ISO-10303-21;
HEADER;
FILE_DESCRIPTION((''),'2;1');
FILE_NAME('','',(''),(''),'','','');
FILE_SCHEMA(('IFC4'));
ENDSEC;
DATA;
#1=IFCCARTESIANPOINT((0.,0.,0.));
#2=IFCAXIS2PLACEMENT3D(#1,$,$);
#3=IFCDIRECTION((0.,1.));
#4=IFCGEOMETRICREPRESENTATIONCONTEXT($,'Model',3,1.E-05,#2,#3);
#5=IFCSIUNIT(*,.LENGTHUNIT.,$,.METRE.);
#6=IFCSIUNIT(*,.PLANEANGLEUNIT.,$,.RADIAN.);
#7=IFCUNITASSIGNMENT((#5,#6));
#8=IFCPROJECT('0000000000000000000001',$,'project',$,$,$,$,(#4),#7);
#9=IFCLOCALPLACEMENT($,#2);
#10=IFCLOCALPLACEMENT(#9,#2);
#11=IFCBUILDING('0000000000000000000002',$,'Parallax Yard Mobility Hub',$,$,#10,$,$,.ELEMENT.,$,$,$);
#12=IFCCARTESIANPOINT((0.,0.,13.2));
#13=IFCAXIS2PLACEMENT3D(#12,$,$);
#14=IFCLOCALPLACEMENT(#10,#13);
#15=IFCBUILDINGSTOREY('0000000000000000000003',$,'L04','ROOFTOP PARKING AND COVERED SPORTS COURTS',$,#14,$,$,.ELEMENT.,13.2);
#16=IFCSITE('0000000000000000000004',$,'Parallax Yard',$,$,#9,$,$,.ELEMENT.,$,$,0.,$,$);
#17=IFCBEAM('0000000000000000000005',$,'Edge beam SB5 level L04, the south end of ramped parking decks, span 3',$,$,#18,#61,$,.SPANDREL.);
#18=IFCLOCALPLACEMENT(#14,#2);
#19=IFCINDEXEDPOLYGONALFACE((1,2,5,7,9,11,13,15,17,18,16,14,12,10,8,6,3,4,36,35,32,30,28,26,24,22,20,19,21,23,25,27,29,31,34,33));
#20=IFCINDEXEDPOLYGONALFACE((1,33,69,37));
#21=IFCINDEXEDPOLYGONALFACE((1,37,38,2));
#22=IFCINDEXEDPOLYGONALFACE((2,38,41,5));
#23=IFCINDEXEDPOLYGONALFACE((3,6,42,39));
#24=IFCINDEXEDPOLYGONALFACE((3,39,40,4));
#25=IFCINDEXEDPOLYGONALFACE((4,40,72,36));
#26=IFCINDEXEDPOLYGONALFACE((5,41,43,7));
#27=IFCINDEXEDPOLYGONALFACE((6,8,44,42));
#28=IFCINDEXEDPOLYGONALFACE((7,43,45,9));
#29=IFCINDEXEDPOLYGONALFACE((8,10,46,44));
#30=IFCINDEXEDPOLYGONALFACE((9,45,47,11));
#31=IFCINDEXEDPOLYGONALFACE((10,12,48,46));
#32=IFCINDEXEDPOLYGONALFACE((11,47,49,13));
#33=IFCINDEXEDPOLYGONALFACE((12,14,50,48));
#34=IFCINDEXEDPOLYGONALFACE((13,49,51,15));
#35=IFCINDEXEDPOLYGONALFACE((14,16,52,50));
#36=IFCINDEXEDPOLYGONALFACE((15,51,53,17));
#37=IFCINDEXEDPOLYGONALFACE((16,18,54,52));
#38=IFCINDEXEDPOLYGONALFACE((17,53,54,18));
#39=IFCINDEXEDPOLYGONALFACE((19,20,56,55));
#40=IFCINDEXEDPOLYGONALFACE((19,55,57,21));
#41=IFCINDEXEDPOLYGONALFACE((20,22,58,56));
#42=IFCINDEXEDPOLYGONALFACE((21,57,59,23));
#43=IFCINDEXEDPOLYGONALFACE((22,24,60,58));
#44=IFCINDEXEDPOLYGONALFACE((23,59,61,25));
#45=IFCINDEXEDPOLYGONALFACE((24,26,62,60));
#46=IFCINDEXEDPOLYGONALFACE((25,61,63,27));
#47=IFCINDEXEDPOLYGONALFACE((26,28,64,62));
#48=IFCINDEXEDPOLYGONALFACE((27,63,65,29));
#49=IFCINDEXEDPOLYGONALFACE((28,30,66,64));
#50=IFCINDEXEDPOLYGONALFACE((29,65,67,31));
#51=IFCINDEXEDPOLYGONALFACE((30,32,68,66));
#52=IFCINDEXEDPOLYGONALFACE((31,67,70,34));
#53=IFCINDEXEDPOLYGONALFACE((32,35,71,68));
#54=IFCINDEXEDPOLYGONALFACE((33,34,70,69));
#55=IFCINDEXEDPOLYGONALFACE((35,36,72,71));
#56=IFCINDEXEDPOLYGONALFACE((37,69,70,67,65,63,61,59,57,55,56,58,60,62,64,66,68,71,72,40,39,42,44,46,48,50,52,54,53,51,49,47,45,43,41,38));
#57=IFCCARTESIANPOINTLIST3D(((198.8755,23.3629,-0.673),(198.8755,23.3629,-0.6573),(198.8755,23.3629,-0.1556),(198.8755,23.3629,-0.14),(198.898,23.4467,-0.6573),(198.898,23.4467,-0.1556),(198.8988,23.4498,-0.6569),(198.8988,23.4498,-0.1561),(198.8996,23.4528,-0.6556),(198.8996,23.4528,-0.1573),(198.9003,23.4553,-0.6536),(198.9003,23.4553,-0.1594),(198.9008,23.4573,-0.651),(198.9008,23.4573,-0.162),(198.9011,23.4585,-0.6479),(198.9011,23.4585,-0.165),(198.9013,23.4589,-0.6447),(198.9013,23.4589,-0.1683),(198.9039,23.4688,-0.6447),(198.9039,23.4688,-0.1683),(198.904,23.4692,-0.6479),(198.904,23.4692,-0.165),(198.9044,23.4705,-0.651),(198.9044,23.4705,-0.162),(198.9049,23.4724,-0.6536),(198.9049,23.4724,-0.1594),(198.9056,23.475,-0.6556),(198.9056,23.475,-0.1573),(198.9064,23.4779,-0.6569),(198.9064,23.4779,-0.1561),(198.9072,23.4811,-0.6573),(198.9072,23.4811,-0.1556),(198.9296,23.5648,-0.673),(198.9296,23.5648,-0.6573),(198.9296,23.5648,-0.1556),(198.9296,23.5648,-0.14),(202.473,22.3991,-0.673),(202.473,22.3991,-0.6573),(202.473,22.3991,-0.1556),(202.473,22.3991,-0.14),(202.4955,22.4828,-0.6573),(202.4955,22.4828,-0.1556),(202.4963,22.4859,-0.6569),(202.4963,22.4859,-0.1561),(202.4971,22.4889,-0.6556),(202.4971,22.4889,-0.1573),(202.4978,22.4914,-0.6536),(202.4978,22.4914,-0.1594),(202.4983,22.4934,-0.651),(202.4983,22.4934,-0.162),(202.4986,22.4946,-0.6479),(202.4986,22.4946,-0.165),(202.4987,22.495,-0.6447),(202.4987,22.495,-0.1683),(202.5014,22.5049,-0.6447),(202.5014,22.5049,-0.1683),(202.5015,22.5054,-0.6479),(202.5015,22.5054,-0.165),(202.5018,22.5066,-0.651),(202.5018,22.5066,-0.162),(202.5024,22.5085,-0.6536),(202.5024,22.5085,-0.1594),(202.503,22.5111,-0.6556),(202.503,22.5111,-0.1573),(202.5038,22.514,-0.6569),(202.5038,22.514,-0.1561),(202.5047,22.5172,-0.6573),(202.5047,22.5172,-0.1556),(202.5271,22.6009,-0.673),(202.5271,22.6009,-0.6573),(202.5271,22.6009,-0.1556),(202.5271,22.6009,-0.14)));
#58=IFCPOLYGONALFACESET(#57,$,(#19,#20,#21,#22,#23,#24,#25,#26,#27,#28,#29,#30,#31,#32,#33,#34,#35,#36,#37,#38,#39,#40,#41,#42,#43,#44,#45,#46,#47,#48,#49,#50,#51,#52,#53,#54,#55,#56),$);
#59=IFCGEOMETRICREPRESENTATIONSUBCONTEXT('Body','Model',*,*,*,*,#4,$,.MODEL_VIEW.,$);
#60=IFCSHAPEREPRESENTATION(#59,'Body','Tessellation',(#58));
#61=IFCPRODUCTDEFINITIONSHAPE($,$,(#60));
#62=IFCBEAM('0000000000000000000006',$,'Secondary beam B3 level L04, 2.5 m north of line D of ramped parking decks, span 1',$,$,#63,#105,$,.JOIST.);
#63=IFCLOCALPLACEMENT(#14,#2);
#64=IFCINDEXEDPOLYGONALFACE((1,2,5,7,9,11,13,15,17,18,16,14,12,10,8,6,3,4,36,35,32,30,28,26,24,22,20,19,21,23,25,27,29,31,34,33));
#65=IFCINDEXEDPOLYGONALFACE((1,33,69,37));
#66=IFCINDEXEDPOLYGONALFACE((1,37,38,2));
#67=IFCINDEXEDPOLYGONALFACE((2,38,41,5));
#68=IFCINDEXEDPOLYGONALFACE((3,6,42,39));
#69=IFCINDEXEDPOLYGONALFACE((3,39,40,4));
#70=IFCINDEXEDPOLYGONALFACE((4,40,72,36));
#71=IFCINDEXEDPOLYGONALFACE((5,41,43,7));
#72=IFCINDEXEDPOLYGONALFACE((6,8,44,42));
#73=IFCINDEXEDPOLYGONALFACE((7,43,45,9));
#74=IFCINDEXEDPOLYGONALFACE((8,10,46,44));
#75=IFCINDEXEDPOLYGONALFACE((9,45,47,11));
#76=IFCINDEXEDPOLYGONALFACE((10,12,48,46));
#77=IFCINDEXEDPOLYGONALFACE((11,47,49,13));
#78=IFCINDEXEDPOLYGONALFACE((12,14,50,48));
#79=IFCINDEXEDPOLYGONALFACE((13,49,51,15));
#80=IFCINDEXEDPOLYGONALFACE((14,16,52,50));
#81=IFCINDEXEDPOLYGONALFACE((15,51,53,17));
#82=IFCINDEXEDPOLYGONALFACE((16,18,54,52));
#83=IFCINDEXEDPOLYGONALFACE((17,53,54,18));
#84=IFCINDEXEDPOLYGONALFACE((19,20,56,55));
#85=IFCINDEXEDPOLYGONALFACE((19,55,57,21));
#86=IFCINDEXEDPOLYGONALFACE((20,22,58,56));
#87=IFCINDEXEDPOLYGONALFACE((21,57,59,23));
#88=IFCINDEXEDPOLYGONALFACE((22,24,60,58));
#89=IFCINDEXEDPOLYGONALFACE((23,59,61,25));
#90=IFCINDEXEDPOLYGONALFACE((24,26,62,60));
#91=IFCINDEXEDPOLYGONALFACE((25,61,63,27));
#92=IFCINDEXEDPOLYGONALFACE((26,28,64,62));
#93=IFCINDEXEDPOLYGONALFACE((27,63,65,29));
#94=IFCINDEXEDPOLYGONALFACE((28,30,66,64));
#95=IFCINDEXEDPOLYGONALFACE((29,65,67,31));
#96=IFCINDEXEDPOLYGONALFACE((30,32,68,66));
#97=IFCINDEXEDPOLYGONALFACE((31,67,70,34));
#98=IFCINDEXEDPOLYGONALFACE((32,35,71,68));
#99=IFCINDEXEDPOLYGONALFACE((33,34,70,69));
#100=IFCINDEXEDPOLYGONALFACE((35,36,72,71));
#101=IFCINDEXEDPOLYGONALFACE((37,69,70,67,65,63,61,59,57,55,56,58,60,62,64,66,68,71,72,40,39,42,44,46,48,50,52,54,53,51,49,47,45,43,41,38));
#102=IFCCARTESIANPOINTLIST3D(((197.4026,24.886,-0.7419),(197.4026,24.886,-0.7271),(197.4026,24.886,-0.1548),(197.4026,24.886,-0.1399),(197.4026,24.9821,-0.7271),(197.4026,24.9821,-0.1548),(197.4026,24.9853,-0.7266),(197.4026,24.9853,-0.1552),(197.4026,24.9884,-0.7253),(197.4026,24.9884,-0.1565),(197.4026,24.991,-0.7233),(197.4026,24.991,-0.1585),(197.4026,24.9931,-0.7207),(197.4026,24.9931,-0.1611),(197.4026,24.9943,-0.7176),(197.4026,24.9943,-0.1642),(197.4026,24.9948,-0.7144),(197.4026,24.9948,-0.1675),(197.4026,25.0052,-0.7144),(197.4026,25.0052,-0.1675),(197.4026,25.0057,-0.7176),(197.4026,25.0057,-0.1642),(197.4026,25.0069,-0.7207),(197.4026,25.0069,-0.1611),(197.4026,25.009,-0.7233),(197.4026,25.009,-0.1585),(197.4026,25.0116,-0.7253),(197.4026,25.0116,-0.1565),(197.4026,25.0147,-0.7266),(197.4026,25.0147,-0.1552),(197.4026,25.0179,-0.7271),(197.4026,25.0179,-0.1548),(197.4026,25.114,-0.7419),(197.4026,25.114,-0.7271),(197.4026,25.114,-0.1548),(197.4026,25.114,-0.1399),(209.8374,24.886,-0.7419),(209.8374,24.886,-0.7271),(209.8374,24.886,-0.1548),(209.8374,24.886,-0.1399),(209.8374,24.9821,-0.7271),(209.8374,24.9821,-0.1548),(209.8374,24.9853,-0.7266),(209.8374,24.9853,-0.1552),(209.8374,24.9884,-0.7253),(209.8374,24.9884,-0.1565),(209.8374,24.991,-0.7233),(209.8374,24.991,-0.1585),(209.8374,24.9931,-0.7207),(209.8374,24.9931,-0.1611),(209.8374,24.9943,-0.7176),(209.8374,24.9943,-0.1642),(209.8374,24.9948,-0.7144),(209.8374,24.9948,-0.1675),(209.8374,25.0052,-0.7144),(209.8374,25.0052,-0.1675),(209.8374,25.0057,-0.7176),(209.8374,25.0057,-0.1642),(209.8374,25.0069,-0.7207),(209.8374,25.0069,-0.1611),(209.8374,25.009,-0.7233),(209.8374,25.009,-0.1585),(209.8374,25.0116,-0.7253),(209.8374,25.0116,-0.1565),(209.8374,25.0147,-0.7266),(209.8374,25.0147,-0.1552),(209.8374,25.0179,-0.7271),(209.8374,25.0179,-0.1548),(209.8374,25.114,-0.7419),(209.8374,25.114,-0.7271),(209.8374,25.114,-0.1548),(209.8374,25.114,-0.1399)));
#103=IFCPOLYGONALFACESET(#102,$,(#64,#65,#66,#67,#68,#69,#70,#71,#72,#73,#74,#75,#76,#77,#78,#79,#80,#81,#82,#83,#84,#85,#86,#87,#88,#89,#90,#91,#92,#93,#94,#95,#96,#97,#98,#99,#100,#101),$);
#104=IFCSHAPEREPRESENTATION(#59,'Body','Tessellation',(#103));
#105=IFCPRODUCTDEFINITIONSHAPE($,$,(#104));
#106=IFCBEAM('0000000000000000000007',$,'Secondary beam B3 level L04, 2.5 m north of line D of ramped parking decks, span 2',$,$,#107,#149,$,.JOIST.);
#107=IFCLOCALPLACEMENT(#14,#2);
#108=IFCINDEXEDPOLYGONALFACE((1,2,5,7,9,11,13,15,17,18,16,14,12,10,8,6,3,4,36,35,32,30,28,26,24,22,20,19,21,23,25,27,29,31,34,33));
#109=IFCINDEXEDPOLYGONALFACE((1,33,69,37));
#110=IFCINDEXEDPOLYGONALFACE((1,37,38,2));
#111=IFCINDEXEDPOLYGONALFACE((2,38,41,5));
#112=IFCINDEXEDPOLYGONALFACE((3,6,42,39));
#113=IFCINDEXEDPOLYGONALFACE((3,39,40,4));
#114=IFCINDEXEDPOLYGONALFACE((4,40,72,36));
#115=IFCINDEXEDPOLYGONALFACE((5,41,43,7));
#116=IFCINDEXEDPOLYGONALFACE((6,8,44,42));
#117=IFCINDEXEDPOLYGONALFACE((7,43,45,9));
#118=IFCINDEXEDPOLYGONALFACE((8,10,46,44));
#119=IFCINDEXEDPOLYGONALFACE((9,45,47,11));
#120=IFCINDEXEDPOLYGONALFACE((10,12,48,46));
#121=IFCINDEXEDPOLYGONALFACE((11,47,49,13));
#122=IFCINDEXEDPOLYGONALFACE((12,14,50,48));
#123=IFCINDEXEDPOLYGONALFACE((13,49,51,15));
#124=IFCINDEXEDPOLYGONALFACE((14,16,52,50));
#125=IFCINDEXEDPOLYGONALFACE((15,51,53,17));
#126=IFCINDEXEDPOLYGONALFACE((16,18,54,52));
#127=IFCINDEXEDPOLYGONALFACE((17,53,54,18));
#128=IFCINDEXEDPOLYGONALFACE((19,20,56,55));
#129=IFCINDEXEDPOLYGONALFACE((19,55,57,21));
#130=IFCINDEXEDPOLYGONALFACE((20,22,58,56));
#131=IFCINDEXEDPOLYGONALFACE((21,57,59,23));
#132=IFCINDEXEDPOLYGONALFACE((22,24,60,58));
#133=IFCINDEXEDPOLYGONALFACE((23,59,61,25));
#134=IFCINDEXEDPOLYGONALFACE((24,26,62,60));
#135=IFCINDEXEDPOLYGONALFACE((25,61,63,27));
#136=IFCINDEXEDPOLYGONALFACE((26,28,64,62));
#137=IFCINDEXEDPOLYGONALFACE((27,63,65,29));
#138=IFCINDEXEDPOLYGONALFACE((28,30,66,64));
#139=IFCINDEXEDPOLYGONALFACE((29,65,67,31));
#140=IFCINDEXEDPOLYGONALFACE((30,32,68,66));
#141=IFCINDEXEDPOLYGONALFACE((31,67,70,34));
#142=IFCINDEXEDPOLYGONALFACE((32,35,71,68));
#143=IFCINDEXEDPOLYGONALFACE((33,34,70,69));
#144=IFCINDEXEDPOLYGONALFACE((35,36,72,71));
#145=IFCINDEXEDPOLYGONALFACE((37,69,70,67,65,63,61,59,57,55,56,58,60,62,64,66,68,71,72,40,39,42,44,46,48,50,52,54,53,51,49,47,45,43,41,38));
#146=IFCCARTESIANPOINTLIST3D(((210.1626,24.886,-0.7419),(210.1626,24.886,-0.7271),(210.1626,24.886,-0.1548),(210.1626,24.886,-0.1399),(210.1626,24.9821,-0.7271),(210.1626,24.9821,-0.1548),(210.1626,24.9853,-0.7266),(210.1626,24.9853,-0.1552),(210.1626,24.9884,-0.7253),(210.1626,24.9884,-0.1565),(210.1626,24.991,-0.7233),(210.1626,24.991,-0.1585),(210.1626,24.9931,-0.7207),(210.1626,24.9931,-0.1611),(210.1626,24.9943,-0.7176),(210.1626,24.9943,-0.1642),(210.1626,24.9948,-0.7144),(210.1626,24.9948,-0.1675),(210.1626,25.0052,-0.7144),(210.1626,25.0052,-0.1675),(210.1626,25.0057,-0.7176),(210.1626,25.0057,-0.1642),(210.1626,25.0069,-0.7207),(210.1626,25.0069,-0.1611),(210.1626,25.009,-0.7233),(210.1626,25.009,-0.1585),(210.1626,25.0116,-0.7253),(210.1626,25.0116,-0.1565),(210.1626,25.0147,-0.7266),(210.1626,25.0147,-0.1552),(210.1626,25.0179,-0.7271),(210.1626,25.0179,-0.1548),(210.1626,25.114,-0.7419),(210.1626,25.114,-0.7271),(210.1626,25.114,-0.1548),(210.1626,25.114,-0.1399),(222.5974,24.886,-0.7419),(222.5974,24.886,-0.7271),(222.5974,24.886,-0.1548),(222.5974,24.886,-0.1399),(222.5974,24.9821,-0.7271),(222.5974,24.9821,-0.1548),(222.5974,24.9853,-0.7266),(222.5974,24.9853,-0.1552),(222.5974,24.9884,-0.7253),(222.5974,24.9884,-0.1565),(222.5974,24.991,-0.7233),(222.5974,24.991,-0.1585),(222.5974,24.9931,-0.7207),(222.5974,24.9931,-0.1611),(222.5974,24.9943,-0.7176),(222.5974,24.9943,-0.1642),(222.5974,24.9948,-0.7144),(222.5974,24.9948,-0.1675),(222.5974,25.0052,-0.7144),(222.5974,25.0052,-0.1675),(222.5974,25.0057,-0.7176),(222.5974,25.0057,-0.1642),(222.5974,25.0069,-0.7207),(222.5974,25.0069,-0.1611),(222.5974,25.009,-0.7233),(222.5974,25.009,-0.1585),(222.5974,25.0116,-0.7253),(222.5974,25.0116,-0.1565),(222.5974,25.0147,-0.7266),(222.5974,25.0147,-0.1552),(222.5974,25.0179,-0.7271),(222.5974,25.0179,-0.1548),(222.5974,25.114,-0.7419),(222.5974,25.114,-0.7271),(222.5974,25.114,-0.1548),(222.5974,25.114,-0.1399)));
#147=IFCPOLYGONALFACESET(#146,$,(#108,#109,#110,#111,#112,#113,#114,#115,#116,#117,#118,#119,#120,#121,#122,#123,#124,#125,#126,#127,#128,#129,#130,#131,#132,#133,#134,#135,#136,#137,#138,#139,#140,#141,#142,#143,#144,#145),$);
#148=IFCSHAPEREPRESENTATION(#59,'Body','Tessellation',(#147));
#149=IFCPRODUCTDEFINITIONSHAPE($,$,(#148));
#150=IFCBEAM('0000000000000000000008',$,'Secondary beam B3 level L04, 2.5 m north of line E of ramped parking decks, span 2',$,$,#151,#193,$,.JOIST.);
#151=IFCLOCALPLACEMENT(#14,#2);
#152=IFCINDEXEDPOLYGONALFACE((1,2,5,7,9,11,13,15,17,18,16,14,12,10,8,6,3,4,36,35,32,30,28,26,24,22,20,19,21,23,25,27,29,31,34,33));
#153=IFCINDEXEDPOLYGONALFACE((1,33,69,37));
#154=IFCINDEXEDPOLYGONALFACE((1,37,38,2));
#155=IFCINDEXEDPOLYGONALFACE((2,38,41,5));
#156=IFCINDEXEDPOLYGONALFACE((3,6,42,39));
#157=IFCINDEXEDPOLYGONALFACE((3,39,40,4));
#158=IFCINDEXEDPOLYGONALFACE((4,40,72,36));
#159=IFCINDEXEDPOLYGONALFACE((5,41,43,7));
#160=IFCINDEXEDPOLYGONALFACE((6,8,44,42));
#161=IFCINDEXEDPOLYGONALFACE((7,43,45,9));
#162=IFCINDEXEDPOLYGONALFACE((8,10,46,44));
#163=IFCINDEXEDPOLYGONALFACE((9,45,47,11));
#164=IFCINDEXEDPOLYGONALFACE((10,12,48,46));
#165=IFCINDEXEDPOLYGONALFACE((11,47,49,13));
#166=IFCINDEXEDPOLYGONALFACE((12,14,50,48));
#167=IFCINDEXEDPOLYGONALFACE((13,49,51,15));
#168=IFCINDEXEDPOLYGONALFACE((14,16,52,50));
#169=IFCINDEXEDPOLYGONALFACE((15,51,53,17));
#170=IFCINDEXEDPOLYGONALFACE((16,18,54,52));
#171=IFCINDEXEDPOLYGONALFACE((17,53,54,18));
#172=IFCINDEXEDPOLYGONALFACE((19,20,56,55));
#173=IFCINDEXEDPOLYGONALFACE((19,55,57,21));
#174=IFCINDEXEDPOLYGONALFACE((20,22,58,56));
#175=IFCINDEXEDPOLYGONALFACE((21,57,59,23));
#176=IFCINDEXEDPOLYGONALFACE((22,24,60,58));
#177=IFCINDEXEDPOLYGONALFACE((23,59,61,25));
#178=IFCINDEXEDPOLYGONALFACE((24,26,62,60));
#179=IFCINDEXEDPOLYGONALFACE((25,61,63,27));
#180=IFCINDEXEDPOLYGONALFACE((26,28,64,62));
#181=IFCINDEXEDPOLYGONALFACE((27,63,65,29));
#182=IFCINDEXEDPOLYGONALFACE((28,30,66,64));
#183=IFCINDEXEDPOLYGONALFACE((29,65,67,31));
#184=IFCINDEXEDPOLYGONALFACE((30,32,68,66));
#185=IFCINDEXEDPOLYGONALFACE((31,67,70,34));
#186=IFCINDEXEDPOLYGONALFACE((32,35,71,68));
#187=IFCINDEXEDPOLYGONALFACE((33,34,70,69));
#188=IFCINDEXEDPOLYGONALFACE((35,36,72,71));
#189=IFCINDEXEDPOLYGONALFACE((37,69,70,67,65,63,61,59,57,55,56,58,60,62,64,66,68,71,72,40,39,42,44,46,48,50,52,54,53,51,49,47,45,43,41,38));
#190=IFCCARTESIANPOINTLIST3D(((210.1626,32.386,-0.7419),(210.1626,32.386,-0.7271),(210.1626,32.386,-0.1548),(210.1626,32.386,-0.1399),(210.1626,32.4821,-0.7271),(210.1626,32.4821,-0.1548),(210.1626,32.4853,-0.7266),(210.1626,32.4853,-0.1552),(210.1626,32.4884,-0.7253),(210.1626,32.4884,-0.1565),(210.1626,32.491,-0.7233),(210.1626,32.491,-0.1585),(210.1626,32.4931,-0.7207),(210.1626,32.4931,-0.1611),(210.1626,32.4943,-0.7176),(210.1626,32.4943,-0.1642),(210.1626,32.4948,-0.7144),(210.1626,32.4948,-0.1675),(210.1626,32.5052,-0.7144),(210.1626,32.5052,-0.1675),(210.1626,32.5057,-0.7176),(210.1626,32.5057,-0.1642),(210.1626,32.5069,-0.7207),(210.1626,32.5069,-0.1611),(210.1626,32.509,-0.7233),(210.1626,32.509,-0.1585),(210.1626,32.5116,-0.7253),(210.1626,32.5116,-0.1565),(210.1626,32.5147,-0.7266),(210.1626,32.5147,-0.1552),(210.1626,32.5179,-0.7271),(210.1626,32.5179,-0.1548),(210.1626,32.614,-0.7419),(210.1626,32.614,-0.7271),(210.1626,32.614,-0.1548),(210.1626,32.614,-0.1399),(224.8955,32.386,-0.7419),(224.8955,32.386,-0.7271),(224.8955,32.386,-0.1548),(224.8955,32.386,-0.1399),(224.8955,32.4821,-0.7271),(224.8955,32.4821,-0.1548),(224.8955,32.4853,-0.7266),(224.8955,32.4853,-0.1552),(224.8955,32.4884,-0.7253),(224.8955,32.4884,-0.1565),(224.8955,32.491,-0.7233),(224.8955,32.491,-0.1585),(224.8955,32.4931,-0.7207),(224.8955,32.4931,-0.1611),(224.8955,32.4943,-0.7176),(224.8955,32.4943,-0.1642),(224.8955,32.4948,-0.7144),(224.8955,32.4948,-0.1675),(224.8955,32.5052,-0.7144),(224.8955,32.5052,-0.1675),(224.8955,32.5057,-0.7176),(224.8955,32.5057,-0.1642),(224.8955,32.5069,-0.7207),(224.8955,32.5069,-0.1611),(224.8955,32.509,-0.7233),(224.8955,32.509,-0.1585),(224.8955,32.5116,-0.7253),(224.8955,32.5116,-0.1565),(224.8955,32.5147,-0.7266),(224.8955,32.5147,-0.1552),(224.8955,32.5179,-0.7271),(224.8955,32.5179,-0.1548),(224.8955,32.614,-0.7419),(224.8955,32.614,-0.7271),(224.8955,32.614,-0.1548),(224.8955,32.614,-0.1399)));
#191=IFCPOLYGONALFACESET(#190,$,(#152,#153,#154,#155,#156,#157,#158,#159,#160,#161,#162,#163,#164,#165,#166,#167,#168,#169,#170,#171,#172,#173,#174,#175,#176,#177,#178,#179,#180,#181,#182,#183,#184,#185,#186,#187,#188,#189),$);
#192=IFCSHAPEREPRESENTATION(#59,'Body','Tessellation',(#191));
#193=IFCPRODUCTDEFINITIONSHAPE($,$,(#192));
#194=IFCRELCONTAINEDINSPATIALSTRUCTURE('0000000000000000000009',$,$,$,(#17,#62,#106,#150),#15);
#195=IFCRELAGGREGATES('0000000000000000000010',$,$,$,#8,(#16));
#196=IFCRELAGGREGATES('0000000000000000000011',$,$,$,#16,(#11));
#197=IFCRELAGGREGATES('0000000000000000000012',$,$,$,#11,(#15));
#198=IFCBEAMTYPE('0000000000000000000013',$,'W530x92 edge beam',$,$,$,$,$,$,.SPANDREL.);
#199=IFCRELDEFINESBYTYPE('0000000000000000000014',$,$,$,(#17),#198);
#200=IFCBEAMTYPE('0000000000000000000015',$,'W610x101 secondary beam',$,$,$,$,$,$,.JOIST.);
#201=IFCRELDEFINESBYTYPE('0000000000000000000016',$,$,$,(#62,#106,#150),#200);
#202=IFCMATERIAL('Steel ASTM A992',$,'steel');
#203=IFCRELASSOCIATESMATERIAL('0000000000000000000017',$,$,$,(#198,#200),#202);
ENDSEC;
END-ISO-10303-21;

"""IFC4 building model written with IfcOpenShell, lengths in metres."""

from ifc_helpers import new_model, si_unit, direction, frame, origin, origin_2d, place, context, subcontext, project, spatial, i_section, extrude, material, material_profile, profile_set, type_object, element, save


model = new_model("IFC4")

# Units and contexts
model_context = context("Model", 3, precision=1e-05, world=origin(), true_north=direction((0.0, 1.0)))
body_context = subcontext(model_context, "Body", "Model", "MODEL_VIEW")
ifc_project = project(units=[si_unit("LENGTHUNIT", "METRE"), si_unit("PLANEANGLEUNIT", "RADIAN")], contexts=[model_context])

# Site, building, storey
site_placement = place(None, origin())
site = spatial("IfcSite", under=ifc_project, at=site_placement, Name="Parallax Yard", CompositionType="ELEMENT", RefElevation=0.0)
building_placement = place(site_placement, origin())
building = spatial("IfcBuilding", under=site, at=building_placement, Name="Parallax Yard Mobility Hub", CompositionType="ELEMENT")
storey_placement = place(building_placement, frame((0.0, 0.0, 13.2)))
storey = spatial("IfcBuildingStorey", under=building, at=storey_placement, Name="L04", Description="ROOFTOP PARKING AND COVERED SPORTS COURTS", CompositionType="ELEMENT", Elevation=13.2)

# Beams
ifc_material_1 = material(Name="Steel ASTM A992", Category="steel")
ifc_material_profile_1 = material_profile(ifc_material_1, i_section(OverallWidth=0.209, OverallDepth=0.533, WebThickness=0.0103, FlangeThickness=0.0156, FilletRadius=0.0127, at=origin_2d()), Name="W530x92")
ifc_profile_set_1 = profile_set([ifc_material_profile_1], Name="Steel ASTM A992")
beam_type_1 = type_object("IfcBeamType", Name="W530x92 edge beam", PredefinedType="SPANDREL", material=ifc_profile_set_1)
beam_1_placement = place(storey_placement, frame((198.9026, 23.4639, -0.4065), z_axis=(0.96593, -0.258805, 0.0), x_axis=(0.258805, 0.96593, 0.0)))
element("IfcBeam", 1, at=beam_1_placement, inside=storey, type_object=beam_type_1, Name="Edge beam SB5 level L04, the south end of ramped parking decks, span 3", PredefinedType="SPANDREL", context=body_context, shape_type="SweptSolid", body=[
    extrude(i_section(OverallWidth=0.209, OverallDepth=0.533, WebThickness=0.0103, FlangeThickness=0.0156, FilletRadius=0.0127, at=origin_2d()), origin(), (0.0, 0.0, 1.0), 3.7244),
])
ifc_material_profile_2 = material_profile(ifc_material_1, i_section(OverallWidth=0.228, OverallDepth=0.6021, WebThickness=0.0105, FlangeThickness=0.0149, FilletRadius=0.0127, at=origin_2d()), Name="W610x101")
ifc_profile_set_2 = profile_set([ifc_material_profile_2], Name="Steel ASTM A992")
beam_type_2 = type_object("IfcBeamType", Name="W610x101 secondary beam", PredefinedType="JOIST", material=ifc_profile_set_2)
for number, where, z_axis, x_axis, name in (
    (2, (197.4026, 25.0, -0.4409), (1.0, 0.0, 0.0), (0.0, 1.0, 0.0), "Secondary beam B3 level L04, 2.5 m north of line D of ramped parking decks, span 1"),
    (3, (210.1626, 25.0, -0.4409), (1.0, 0.0, 0.0), (0.0, 1.0, 0.0), "Secondary beam B3 level L04, 2.5 m north of line D of ramped parking decks, span 2"),
):
    element("IfcBeam", number, at=place(storey_placement, frame(where, z_axis=z_axis, x_axis=x_axis)), inside=storey, type_object=beam_type_2, Name=name, PredefinedType="JOIST", context=body_context, shape_type="SweptSolid", body=[
        extrude(i_section(OverallWidth=0.228, OverallDepth=0.6021, WebThickness=0.0105, FlangeThickness=0.0149, FilletRadius=0.0127, at=origin_2d()), origin(), (0.0, 0.0, 1.0), 12.4348),
    ])
beam_2_placement = place(storey_placement, frame((210.1626, 32.5, -0.4409), z_axis=(1.0, 0.0, 0.0), x_axis=(0.0, 1.0, 0.0)))
element("IfcBeam", 4, at=beam_2_placement, inside=storey, type_object=beam_type_2, Name="Secondary beam B3 level L04, 2.5 m north of line E of ramped parking decks, span 2", PredefinedType="JOIST", context=body_context, shape_type="SweptSolid", body=[
    extrude(i_section(OverallWidth=0.228, OverallDepth=0.6021, WebThickness=0.0105, FlangeThickness=0.0149, FilletRadius=0.0127, at=origin_2d()), origin(), (0.0, 0.0, 1.0), 14.7329),
])

save(model, "model.ifc")
